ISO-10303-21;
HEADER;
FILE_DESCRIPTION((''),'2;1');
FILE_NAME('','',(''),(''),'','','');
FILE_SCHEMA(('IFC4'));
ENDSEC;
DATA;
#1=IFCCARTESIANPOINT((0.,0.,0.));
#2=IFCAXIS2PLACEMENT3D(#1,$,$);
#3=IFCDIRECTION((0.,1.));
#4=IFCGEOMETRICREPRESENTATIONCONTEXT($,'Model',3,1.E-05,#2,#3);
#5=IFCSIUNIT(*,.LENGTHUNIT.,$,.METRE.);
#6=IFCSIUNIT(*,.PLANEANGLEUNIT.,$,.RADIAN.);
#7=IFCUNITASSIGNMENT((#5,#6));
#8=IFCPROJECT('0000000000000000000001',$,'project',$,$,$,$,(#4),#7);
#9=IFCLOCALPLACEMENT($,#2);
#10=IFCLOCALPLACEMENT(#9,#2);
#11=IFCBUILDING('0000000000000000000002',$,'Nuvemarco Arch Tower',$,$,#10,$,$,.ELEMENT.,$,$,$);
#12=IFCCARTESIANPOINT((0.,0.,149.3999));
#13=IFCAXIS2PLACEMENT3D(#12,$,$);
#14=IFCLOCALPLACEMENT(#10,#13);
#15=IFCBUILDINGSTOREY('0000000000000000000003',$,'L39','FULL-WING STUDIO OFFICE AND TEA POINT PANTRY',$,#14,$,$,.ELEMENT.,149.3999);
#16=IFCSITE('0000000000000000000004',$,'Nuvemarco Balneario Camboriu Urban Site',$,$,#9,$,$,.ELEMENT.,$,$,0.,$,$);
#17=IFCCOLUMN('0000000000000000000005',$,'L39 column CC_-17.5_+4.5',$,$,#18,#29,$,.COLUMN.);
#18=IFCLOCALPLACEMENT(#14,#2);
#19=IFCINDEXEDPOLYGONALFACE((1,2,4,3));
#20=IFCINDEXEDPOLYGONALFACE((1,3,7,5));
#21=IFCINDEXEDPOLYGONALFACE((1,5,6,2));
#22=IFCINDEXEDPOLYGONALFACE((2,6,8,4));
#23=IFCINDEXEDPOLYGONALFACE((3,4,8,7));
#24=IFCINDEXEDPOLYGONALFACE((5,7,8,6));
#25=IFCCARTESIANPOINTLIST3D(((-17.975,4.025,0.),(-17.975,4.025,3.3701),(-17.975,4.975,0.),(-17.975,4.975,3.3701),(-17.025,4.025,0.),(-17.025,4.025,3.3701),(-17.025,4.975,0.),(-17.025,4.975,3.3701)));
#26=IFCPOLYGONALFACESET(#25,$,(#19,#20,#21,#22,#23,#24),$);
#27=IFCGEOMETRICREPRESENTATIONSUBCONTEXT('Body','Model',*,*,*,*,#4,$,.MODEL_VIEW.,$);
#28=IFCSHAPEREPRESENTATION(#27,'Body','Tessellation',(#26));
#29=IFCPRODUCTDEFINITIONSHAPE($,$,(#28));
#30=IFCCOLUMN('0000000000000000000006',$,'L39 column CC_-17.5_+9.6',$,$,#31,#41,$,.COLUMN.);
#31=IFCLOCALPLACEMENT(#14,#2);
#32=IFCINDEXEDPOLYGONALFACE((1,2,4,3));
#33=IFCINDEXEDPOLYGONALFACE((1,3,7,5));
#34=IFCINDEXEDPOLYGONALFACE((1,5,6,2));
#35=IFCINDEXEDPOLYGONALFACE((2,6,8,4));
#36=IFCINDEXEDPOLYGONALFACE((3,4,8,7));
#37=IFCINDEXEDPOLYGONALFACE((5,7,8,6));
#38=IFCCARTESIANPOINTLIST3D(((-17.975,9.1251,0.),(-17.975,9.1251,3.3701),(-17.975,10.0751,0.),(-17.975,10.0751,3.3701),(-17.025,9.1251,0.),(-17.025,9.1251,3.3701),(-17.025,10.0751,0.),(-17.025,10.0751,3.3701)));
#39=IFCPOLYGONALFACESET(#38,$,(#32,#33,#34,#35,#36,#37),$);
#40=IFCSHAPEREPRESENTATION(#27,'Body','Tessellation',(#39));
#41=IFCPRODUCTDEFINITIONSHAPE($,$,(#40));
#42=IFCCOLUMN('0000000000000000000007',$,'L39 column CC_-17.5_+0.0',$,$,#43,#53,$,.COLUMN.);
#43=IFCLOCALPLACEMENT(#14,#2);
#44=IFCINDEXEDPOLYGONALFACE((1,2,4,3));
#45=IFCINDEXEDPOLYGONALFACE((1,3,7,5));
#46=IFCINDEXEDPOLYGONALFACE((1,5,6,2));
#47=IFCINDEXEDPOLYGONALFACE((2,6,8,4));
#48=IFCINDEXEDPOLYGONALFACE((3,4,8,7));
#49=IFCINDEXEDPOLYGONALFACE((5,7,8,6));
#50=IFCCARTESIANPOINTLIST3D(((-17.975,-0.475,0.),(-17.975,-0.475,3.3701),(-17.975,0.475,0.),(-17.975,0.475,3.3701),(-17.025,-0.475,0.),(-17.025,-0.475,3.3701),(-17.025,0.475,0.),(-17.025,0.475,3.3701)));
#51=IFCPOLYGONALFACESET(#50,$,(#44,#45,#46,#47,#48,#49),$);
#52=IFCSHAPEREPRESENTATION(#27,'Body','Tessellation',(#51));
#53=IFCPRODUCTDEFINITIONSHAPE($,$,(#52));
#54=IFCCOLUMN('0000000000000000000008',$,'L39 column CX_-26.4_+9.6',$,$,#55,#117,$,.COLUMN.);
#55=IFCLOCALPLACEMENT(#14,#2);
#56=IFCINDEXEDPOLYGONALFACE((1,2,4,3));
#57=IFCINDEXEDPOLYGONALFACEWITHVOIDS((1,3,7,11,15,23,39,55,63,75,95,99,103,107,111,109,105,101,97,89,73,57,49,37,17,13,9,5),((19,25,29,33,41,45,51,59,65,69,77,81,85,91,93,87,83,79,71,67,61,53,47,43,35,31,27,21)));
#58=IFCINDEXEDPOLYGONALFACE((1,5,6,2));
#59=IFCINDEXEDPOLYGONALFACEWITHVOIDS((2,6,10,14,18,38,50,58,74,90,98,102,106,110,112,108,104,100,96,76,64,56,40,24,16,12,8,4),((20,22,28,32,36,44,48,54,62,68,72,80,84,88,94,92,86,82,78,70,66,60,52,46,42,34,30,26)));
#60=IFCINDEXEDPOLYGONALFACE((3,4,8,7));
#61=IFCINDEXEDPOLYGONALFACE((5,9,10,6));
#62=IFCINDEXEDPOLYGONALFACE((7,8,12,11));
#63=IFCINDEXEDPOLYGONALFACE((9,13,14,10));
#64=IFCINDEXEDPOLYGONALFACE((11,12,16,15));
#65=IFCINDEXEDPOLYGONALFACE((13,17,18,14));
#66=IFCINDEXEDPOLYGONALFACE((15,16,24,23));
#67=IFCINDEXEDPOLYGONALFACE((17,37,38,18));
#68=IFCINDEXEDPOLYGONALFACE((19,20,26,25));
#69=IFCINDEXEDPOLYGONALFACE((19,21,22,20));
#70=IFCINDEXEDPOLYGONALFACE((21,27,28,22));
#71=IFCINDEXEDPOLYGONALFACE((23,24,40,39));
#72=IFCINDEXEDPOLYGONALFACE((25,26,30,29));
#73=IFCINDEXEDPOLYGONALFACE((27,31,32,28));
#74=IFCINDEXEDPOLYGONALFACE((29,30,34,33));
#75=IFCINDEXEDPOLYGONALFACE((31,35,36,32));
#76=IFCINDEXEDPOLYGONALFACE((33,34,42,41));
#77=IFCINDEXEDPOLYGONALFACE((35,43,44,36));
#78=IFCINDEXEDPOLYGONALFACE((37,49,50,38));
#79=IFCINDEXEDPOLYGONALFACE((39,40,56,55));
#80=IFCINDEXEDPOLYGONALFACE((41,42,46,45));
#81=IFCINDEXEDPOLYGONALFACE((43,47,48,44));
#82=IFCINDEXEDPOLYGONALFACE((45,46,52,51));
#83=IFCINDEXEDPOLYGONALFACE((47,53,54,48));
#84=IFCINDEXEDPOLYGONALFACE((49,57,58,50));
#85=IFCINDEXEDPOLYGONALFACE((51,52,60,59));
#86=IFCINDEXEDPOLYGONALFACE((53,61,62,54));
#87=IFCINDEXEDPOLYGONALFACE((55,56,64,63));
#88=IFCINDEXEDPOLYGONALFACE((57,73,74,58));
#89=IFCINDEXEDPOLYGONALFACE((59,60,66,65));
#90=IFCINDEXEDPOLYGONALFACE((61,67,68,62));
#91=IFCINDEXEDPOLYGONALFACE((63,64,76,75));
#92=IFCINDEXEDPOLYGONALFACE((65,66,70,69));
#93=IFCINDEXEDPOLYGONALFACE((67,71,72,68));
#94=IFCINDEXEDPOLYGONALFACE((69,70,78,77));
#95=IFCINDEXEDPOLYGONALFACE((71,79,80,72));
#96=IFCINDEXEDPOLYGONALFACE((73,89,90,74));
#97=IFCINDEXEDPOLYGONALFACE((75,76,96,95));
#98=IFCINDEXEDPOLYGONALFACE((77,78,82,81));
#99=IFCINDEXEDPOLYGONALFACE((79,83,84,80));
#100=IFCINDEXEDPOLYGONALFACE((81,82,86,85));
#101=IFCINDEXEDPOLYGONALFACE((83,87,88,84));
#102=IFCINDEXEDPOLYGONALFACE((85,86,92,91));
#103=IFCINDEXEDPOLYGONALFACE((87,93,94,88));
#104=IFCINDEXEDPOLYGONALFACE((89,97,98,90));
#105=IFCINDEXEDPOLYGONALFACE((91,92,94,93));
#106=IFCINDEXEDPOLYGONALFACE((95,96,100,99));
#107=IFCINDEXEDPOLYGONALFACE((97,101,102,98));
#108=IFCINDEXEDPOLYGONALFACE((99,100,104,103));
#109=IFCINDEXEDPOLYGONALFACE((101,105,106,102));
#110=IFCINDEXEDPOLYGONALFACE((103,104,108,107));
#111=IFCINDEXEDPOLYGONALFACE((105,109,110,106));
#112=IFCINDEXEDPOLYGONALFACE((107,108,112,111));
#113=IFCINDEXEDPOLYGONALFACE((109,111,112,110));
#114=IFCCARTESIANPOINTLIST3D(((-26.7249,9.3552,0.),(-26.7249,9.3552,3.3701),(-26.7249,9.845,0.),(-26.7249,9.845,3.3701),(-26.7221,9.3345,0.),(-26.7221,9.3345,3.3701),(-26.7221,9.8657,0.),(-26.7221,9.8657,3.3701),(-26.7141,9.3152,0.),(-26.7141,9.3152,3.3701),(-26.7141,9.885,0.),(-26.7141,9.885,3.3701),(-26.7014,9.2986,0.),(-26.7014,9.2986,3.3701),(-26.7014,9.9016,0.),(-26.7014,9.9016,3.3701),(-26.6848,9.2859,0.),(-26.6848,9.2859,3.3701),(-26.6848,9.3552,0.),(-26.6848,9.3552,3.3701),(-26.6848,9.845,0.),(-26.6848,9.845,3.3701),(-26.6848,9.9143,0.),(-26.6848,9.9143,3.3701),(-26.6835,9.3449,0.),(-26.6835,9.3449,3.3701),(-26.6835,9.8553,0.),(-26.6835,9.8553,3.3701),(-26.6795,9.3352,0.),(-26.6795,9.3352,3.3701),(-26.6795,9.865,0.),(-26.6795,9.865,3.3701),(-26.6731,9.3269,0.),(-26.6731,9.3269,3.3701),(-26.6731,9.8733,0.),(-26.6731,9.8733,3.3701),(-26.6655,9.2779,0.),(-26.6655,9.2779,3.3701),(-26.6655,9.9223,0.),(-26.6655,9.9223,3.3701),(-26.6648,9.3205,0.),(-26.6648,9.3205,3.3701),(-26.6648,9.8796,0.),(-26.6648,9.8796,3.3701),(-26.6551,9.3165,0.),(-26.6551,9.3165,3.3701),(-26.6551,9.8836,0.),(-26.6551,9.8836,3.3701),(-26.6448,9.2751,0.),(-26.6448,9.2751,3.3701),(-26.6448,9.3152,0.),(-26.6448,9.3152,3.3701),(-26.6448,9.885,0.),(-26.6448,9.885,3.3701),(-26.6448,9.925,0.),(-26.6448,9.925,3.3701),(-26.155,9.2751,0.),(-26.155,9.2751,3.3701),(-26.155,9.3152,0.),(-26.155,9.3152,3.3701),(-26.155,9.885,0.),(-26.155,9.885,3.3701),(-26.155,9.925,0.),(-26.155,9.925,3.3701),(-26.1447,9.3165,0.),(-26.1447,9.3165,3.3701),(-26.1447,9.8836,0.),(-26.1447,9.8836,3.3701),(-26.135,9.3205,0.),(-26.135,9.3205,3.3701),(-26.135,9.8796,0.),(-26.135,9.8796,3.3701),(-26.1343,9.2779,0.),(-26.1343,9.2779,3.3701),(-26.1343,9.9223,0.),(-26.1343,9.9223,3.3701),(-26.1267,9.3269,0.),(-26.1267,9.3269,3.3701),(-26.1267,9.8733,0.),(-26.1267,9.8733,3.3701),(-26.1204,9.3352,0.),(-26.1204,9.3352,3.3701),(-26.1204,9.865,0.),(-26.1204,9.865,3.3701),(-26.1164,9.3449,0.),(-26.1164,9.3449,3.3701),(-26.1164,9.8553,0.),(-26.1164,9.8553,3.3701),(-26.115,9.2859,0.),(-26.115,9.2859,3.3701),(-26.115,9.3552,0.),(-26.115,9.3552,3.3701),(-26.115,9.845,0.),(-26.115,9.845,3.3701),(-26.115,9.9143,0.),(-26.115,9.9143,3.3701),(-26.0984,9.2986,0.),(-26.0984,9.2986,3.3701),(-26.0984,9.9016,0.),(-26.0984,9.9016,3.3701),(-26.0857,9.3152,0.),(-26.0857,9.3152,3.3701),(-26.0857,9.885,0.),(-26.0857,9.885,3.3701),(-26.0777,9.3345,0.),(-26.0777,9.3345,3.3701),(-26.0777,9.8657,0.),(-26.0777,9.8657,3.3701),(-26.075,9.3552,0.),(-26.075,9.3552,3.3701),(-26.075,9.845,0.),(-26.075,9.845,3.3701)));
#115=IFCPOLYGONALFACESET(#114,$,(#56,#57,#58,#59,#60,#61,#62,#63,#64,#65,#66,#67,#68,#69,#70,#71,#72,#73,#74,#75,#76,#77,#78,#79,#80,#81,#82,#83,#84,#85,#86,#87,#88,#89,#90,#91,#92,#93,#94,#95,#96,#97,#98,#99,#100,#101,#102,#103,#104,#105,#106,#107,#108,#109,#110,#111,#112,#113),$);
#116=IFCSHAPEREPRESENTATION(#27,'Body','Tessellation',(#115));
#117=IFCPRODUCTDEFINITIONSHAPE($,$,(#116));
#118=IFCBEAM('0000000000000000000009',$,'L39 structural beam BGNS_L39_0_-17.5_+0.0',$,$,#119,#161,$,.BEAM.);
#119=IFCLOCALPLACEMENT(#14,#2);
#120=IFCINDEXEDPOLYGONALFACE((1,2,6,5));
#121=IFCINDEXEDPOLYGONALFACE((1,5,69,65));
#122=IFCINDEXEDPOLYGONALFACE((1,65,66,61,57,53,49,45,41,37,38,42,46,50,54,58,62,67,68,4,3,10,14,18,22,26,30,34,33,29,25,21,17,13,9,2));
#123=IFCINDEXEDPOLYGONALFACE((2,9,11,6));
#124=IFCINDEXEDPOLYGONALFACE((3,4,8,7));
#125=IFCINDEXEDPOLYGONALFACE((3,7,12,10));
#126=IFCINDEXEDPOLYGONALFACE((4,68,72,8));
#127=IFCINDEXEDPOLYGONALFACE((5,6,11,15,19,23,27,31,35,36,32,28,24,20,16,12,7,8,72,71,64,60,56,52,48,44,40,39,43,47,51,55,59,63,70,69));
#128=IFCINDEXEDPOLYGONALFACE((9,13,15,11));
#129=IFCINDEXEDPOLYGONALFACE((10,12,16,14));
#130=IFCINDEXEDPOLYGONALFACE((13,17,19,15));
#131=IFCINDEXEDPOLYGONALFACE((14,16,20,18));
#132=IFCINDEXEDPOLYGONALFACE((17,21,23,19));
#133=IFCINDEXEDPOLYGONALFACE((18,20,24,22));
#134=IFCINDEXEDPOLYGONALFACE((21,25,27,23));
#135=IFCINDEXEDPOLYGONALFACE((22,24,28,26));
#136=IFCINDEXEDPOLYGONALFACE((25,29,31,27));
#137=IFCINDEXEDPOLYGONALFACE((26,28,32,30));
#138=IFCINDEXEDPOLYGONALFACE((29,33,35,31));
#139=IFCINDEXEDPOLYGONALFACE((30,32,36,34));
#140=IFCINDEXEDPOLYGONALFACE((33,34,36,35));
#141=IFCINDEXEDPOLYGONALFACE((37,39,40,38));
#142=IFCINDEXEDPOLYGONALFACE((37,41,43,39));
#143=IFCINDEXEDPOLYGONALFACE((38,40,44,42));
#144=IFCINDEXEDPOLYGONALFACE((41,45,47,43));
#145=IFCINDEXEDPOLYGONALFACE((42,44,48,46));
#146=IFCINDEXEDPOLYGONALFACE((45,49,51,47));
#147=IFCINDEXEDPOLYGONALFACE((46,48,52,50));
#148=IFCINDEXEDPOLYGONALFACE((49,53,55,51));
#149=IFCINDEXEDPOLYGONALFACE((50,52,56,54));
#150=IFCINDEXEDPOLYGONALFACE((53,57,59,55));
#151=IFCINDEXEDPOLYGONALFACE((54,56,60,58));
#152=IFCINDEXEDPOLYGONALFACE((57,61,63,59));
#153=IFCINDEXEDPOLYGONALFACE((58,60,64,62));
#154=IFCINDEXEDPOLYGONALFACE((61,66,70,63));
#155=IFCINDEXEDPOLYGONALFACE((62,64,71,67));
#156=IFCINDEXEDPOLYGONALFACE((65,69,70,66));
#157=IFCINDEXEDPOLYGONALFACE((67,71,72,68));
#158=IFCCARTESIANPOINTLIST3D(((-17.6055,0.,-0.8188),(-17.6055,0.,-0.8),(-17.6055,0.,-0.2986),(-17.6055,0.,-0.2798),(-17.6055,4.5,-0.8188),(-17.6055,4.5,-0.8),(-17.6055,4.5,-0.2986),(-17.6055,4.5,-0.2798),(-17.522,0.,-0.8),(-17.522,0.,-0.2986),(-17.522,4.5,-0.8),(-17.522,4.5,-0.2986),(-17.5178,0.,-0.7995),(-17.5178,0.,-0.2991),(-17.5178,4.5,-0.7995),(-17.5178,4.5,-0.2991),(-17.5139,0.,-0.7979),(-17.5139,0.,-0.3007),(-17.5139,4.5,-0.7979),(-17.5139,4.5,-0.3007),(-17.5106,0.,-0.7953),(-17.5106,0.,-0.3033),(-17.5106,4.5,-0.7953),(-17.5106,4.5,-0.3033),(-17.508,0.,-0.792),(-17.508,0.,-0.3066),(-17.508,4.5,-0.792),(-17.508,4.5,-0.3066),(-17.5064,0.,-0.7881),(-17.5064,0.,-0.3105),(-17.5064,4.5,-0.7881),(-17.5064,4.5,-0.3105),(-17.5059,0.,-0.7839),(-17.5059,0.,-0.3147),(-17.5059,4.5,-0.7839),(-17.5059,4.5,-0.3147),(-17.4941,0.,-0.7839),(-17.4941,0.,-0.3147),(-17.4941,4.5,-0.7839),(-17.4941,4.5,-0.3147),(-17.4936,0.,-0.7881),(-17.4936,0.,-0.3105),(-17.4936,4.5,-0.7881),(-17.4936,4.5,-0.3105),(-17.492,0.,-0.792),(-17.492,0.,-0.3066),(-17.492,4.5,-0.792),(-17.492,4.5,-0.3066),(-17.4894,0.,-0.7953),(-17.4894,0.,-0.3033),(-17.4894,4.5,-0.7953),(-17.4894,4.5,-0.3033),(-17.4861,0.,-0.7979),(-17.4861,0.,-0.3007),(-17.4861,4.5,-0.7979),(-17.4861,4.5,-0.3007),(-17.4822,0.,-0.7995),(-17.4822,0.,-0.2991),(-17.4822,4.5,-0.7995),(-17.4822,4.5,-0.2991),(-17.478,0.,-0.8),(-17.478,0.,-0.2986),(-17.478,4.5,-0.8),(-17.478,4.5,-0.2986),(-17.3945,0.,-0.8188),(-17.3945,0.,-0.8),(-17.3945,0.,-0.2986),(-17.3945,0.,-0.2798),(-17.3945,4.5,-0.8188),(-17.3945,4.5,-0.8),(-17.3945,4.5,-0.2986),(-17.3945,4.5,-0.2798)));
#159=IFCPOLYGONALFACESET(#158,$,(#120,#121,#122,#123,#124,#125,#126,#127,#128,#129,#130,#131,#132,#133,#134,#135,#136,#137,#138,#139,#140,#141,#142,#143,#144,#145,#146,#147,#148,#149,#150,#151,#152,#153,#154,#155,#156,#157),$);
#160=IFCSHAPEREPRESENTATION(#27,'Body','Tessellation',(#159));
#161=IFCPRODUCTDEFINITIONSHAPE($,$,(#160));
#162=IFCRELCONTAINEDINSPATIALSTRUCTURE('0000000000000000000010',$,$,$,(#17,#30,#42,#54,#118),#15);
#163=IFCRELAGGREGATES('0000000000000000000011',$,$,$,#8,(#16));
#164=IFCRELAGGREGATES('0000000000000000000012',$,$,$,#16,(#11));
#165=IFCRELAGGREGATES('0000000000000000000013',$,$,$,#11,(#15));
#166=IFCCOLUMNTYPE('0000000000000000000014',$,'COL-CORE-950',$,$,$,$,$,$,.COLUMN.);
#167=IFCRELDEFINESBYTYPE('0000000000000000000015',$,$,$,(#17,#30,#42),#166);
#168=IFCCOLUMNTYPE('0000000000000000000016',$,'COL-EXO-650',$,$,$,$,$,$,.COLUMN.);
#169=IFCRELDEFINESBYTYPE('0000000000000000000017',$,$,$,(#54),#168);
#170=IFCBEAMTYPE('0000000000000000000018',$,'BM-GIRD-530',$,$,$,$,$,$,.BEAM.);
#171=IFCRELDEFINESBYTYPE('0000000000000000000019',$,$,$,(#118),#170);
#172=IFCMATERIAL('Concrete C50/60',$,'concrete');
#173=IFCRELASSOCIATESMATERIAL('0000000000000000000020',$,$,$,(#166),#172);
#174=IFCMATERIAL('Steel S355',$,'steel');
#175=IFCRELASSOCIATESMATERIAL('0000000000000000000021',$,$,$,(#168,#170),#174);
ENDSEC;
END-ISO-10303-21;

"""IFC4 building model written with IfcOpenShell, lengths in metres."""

from ifc_helpers import new_model, si_unit, direction, frame, origin, origin_2d, place, context, subcontext, project, spatial, rectangle, hollow_rectangle, i_section, extrude, material, material_profile, profile_set, type_object, element, save


model = new_model("IFC4")

# Units and contexts
model_context = context("Model", 3, precision=1e-05, world=origin(), true_north=direction((0.0, 1.0)))
body_context = subcontext(model_context, "Body", "Model", "MODEL_VIEW")
ifc_project = project(units=[si_unit("LENGTHUNIT", "METRE"), si_unit("PLANEANGLEUNIT", "RADIAN")], contexts=[model_context])

# Site, building, storey
site_placement = place(None, origin())
site = spatial("IfcSite", under=ifc_project, at=site_placement, Name="Nuvemarco Balneario Camboriu Urban Site", CompositionType="ELEMENT", RefElevation=0.0)
building_placement = place(site_placement, origin())
building = spatial("IfcBuilding", under=site, at=building_placement, Name="Nuvemarco Arch Tower", CompositionType="ELEMENT")
storey_placement = place(building_placement, frame((0.0, 0.0, 149.3999)))
storey = spatial("IfcBuildingStorey", under=building, at=storey_placement, Name="L39", Description="FULL-WING STUDIO OFFICE AND TEA POINT PANTRY", CompositionType="ELEMENT", Elevation=149.3999)

# Columns
ifc_material_1 = material(Name="Concrete C50/60", Category="concrete")
ifc_material_profile_1 = material_profile(ifc_material_1, rectangle(XDim=0.95, YDim=0.95, at=origin_2d()), Name="RC-COL-950x950")
ifc_profile_set_1 = profile_set([ifc_material_profile_1], Name="Concrete C50/60")
column_type_1 = type_object("IfcColumnType", Name="COL-CORE-950", PredefinedType="COLUMN", material=ifc_profile_set_1)
for number, where, z_axis, x_axis, name in (
    (1, (-17.5, 4.5, 0.0), (0.0, 0.0, 1.0), (1.0, 0.0, 0.0), "L39 column CC_-17.5_+4.5"),
    (2, (-17.5, 9.6001, 0.0), (0.0, 0.0, 1.0), (1.0, 0.0, 0.0), "L39 column CC_-17.5_+9.6"),
    (3, (-17.5, 0.0, 0.0), (0.0, 0.0, 1.0), (1.0, 0.0, 0.0), "L39 column CC_-17.5_+0.0"),
):
    element("IfcColumn", number, at=place(storey_placement, frame(where, z_axis=z_axis, x_axis=x_axis)), inside=storey, type_object=column_type_1, Name=name, PredefinedType="COLUMN", context=body_context, shape_type="SweptSolid", body=[
        extrude(rectangle(XDim=0.95, YDim=0.95, at=origin_2d()), origin(), (0.0, 0.0, 1.0), 3.3701),
    ])
ifc_material_2 = material(Name="Steel S355", Category="steel")
ifc_material_profile_2 = material_profile(ifc_material_2, hollow_rectangle(XDim=0.6499, YDim=0.6499, WallThickness=0.04, InnerFilletRadius=0.04, OuterFilletRadius=0.0801, at=origin_2d()), Name="SHS650x650x40")
ifc_profile_set_2 = profile_set([ifc_material_profile_2], Name="Steel S355")
column_type_2 = type_object("IfcColumnType", Name="COL-EXO-650", PredefinedType="COLUMN", material=ifc_profile_set_2)
column_placement = place(storey_placement, frame((-26.3999, 9.6001, 0.0), z_axis=(0.0, 0.0, 1.0), x_axis=(1.0, 0.0, 0.0)))
element("IfcColumn", 4, at=column_placement, inside=storey, type_object=column_type_2, Name="L39 column CX_-26.4_+9.6", PredefinedType="COLUMN", context=body_context, shape_type="SweptSolid", body=[
    extrude(hollow_rectangle(XDim=0.6499, YDim=0.6499, WallThickness=0.04, InnerFilletRadius=0.04, OuterFilletRadius=0.0801, at=origin_2d()), origin(), (0.0, 0.0, 1.0), 3.3701),
])

# Beam
ifc_material_profile_3 = material_profile(ifc_material_2, i_section(OverallWidth=0.2109, OverallDepth=0.5391, WebThickness=0.0117, FlangeThickness=0.0188, FilletRadius=0.0161, at=origin_2d()), Name="W530x109")
ifc_profile_set_3 = profile_set([ifc_material_profile_3], Name="Steel S355")
beam_type_1 = type_object("IfcBeamType", Name="BM-GIRD-530", PredefinedType="BEAM", material=ifc_profile_set_3)
beam_1_placement = place(storey_placement, frame((-17.5, 0.0, -0.5493), z_axis=(0.0, 1.0, 0.0), x_axis=(-1.0, 0.0, 0.0)))
element("IfcBeam", 5, at=beam_1_placement, inside=storey, type_object=beam_type_1, Name="L39 structural beam BGNS_L39_0_-17.5_+0.0", PredefinedType="BEAM", context=body_context, shape_type="SweptSolid", body=[
    extrude(i_section(OverallWidth=0.2109, OverallDepth=0.5391, WebThickness=0.0117, FlangeThickness=0.0188, FilletRadius=0.0161, at=origin_2d()), origin(), (0.0, 0.0, 1.0), 4.5),
])

save(model, "model.ifc")
